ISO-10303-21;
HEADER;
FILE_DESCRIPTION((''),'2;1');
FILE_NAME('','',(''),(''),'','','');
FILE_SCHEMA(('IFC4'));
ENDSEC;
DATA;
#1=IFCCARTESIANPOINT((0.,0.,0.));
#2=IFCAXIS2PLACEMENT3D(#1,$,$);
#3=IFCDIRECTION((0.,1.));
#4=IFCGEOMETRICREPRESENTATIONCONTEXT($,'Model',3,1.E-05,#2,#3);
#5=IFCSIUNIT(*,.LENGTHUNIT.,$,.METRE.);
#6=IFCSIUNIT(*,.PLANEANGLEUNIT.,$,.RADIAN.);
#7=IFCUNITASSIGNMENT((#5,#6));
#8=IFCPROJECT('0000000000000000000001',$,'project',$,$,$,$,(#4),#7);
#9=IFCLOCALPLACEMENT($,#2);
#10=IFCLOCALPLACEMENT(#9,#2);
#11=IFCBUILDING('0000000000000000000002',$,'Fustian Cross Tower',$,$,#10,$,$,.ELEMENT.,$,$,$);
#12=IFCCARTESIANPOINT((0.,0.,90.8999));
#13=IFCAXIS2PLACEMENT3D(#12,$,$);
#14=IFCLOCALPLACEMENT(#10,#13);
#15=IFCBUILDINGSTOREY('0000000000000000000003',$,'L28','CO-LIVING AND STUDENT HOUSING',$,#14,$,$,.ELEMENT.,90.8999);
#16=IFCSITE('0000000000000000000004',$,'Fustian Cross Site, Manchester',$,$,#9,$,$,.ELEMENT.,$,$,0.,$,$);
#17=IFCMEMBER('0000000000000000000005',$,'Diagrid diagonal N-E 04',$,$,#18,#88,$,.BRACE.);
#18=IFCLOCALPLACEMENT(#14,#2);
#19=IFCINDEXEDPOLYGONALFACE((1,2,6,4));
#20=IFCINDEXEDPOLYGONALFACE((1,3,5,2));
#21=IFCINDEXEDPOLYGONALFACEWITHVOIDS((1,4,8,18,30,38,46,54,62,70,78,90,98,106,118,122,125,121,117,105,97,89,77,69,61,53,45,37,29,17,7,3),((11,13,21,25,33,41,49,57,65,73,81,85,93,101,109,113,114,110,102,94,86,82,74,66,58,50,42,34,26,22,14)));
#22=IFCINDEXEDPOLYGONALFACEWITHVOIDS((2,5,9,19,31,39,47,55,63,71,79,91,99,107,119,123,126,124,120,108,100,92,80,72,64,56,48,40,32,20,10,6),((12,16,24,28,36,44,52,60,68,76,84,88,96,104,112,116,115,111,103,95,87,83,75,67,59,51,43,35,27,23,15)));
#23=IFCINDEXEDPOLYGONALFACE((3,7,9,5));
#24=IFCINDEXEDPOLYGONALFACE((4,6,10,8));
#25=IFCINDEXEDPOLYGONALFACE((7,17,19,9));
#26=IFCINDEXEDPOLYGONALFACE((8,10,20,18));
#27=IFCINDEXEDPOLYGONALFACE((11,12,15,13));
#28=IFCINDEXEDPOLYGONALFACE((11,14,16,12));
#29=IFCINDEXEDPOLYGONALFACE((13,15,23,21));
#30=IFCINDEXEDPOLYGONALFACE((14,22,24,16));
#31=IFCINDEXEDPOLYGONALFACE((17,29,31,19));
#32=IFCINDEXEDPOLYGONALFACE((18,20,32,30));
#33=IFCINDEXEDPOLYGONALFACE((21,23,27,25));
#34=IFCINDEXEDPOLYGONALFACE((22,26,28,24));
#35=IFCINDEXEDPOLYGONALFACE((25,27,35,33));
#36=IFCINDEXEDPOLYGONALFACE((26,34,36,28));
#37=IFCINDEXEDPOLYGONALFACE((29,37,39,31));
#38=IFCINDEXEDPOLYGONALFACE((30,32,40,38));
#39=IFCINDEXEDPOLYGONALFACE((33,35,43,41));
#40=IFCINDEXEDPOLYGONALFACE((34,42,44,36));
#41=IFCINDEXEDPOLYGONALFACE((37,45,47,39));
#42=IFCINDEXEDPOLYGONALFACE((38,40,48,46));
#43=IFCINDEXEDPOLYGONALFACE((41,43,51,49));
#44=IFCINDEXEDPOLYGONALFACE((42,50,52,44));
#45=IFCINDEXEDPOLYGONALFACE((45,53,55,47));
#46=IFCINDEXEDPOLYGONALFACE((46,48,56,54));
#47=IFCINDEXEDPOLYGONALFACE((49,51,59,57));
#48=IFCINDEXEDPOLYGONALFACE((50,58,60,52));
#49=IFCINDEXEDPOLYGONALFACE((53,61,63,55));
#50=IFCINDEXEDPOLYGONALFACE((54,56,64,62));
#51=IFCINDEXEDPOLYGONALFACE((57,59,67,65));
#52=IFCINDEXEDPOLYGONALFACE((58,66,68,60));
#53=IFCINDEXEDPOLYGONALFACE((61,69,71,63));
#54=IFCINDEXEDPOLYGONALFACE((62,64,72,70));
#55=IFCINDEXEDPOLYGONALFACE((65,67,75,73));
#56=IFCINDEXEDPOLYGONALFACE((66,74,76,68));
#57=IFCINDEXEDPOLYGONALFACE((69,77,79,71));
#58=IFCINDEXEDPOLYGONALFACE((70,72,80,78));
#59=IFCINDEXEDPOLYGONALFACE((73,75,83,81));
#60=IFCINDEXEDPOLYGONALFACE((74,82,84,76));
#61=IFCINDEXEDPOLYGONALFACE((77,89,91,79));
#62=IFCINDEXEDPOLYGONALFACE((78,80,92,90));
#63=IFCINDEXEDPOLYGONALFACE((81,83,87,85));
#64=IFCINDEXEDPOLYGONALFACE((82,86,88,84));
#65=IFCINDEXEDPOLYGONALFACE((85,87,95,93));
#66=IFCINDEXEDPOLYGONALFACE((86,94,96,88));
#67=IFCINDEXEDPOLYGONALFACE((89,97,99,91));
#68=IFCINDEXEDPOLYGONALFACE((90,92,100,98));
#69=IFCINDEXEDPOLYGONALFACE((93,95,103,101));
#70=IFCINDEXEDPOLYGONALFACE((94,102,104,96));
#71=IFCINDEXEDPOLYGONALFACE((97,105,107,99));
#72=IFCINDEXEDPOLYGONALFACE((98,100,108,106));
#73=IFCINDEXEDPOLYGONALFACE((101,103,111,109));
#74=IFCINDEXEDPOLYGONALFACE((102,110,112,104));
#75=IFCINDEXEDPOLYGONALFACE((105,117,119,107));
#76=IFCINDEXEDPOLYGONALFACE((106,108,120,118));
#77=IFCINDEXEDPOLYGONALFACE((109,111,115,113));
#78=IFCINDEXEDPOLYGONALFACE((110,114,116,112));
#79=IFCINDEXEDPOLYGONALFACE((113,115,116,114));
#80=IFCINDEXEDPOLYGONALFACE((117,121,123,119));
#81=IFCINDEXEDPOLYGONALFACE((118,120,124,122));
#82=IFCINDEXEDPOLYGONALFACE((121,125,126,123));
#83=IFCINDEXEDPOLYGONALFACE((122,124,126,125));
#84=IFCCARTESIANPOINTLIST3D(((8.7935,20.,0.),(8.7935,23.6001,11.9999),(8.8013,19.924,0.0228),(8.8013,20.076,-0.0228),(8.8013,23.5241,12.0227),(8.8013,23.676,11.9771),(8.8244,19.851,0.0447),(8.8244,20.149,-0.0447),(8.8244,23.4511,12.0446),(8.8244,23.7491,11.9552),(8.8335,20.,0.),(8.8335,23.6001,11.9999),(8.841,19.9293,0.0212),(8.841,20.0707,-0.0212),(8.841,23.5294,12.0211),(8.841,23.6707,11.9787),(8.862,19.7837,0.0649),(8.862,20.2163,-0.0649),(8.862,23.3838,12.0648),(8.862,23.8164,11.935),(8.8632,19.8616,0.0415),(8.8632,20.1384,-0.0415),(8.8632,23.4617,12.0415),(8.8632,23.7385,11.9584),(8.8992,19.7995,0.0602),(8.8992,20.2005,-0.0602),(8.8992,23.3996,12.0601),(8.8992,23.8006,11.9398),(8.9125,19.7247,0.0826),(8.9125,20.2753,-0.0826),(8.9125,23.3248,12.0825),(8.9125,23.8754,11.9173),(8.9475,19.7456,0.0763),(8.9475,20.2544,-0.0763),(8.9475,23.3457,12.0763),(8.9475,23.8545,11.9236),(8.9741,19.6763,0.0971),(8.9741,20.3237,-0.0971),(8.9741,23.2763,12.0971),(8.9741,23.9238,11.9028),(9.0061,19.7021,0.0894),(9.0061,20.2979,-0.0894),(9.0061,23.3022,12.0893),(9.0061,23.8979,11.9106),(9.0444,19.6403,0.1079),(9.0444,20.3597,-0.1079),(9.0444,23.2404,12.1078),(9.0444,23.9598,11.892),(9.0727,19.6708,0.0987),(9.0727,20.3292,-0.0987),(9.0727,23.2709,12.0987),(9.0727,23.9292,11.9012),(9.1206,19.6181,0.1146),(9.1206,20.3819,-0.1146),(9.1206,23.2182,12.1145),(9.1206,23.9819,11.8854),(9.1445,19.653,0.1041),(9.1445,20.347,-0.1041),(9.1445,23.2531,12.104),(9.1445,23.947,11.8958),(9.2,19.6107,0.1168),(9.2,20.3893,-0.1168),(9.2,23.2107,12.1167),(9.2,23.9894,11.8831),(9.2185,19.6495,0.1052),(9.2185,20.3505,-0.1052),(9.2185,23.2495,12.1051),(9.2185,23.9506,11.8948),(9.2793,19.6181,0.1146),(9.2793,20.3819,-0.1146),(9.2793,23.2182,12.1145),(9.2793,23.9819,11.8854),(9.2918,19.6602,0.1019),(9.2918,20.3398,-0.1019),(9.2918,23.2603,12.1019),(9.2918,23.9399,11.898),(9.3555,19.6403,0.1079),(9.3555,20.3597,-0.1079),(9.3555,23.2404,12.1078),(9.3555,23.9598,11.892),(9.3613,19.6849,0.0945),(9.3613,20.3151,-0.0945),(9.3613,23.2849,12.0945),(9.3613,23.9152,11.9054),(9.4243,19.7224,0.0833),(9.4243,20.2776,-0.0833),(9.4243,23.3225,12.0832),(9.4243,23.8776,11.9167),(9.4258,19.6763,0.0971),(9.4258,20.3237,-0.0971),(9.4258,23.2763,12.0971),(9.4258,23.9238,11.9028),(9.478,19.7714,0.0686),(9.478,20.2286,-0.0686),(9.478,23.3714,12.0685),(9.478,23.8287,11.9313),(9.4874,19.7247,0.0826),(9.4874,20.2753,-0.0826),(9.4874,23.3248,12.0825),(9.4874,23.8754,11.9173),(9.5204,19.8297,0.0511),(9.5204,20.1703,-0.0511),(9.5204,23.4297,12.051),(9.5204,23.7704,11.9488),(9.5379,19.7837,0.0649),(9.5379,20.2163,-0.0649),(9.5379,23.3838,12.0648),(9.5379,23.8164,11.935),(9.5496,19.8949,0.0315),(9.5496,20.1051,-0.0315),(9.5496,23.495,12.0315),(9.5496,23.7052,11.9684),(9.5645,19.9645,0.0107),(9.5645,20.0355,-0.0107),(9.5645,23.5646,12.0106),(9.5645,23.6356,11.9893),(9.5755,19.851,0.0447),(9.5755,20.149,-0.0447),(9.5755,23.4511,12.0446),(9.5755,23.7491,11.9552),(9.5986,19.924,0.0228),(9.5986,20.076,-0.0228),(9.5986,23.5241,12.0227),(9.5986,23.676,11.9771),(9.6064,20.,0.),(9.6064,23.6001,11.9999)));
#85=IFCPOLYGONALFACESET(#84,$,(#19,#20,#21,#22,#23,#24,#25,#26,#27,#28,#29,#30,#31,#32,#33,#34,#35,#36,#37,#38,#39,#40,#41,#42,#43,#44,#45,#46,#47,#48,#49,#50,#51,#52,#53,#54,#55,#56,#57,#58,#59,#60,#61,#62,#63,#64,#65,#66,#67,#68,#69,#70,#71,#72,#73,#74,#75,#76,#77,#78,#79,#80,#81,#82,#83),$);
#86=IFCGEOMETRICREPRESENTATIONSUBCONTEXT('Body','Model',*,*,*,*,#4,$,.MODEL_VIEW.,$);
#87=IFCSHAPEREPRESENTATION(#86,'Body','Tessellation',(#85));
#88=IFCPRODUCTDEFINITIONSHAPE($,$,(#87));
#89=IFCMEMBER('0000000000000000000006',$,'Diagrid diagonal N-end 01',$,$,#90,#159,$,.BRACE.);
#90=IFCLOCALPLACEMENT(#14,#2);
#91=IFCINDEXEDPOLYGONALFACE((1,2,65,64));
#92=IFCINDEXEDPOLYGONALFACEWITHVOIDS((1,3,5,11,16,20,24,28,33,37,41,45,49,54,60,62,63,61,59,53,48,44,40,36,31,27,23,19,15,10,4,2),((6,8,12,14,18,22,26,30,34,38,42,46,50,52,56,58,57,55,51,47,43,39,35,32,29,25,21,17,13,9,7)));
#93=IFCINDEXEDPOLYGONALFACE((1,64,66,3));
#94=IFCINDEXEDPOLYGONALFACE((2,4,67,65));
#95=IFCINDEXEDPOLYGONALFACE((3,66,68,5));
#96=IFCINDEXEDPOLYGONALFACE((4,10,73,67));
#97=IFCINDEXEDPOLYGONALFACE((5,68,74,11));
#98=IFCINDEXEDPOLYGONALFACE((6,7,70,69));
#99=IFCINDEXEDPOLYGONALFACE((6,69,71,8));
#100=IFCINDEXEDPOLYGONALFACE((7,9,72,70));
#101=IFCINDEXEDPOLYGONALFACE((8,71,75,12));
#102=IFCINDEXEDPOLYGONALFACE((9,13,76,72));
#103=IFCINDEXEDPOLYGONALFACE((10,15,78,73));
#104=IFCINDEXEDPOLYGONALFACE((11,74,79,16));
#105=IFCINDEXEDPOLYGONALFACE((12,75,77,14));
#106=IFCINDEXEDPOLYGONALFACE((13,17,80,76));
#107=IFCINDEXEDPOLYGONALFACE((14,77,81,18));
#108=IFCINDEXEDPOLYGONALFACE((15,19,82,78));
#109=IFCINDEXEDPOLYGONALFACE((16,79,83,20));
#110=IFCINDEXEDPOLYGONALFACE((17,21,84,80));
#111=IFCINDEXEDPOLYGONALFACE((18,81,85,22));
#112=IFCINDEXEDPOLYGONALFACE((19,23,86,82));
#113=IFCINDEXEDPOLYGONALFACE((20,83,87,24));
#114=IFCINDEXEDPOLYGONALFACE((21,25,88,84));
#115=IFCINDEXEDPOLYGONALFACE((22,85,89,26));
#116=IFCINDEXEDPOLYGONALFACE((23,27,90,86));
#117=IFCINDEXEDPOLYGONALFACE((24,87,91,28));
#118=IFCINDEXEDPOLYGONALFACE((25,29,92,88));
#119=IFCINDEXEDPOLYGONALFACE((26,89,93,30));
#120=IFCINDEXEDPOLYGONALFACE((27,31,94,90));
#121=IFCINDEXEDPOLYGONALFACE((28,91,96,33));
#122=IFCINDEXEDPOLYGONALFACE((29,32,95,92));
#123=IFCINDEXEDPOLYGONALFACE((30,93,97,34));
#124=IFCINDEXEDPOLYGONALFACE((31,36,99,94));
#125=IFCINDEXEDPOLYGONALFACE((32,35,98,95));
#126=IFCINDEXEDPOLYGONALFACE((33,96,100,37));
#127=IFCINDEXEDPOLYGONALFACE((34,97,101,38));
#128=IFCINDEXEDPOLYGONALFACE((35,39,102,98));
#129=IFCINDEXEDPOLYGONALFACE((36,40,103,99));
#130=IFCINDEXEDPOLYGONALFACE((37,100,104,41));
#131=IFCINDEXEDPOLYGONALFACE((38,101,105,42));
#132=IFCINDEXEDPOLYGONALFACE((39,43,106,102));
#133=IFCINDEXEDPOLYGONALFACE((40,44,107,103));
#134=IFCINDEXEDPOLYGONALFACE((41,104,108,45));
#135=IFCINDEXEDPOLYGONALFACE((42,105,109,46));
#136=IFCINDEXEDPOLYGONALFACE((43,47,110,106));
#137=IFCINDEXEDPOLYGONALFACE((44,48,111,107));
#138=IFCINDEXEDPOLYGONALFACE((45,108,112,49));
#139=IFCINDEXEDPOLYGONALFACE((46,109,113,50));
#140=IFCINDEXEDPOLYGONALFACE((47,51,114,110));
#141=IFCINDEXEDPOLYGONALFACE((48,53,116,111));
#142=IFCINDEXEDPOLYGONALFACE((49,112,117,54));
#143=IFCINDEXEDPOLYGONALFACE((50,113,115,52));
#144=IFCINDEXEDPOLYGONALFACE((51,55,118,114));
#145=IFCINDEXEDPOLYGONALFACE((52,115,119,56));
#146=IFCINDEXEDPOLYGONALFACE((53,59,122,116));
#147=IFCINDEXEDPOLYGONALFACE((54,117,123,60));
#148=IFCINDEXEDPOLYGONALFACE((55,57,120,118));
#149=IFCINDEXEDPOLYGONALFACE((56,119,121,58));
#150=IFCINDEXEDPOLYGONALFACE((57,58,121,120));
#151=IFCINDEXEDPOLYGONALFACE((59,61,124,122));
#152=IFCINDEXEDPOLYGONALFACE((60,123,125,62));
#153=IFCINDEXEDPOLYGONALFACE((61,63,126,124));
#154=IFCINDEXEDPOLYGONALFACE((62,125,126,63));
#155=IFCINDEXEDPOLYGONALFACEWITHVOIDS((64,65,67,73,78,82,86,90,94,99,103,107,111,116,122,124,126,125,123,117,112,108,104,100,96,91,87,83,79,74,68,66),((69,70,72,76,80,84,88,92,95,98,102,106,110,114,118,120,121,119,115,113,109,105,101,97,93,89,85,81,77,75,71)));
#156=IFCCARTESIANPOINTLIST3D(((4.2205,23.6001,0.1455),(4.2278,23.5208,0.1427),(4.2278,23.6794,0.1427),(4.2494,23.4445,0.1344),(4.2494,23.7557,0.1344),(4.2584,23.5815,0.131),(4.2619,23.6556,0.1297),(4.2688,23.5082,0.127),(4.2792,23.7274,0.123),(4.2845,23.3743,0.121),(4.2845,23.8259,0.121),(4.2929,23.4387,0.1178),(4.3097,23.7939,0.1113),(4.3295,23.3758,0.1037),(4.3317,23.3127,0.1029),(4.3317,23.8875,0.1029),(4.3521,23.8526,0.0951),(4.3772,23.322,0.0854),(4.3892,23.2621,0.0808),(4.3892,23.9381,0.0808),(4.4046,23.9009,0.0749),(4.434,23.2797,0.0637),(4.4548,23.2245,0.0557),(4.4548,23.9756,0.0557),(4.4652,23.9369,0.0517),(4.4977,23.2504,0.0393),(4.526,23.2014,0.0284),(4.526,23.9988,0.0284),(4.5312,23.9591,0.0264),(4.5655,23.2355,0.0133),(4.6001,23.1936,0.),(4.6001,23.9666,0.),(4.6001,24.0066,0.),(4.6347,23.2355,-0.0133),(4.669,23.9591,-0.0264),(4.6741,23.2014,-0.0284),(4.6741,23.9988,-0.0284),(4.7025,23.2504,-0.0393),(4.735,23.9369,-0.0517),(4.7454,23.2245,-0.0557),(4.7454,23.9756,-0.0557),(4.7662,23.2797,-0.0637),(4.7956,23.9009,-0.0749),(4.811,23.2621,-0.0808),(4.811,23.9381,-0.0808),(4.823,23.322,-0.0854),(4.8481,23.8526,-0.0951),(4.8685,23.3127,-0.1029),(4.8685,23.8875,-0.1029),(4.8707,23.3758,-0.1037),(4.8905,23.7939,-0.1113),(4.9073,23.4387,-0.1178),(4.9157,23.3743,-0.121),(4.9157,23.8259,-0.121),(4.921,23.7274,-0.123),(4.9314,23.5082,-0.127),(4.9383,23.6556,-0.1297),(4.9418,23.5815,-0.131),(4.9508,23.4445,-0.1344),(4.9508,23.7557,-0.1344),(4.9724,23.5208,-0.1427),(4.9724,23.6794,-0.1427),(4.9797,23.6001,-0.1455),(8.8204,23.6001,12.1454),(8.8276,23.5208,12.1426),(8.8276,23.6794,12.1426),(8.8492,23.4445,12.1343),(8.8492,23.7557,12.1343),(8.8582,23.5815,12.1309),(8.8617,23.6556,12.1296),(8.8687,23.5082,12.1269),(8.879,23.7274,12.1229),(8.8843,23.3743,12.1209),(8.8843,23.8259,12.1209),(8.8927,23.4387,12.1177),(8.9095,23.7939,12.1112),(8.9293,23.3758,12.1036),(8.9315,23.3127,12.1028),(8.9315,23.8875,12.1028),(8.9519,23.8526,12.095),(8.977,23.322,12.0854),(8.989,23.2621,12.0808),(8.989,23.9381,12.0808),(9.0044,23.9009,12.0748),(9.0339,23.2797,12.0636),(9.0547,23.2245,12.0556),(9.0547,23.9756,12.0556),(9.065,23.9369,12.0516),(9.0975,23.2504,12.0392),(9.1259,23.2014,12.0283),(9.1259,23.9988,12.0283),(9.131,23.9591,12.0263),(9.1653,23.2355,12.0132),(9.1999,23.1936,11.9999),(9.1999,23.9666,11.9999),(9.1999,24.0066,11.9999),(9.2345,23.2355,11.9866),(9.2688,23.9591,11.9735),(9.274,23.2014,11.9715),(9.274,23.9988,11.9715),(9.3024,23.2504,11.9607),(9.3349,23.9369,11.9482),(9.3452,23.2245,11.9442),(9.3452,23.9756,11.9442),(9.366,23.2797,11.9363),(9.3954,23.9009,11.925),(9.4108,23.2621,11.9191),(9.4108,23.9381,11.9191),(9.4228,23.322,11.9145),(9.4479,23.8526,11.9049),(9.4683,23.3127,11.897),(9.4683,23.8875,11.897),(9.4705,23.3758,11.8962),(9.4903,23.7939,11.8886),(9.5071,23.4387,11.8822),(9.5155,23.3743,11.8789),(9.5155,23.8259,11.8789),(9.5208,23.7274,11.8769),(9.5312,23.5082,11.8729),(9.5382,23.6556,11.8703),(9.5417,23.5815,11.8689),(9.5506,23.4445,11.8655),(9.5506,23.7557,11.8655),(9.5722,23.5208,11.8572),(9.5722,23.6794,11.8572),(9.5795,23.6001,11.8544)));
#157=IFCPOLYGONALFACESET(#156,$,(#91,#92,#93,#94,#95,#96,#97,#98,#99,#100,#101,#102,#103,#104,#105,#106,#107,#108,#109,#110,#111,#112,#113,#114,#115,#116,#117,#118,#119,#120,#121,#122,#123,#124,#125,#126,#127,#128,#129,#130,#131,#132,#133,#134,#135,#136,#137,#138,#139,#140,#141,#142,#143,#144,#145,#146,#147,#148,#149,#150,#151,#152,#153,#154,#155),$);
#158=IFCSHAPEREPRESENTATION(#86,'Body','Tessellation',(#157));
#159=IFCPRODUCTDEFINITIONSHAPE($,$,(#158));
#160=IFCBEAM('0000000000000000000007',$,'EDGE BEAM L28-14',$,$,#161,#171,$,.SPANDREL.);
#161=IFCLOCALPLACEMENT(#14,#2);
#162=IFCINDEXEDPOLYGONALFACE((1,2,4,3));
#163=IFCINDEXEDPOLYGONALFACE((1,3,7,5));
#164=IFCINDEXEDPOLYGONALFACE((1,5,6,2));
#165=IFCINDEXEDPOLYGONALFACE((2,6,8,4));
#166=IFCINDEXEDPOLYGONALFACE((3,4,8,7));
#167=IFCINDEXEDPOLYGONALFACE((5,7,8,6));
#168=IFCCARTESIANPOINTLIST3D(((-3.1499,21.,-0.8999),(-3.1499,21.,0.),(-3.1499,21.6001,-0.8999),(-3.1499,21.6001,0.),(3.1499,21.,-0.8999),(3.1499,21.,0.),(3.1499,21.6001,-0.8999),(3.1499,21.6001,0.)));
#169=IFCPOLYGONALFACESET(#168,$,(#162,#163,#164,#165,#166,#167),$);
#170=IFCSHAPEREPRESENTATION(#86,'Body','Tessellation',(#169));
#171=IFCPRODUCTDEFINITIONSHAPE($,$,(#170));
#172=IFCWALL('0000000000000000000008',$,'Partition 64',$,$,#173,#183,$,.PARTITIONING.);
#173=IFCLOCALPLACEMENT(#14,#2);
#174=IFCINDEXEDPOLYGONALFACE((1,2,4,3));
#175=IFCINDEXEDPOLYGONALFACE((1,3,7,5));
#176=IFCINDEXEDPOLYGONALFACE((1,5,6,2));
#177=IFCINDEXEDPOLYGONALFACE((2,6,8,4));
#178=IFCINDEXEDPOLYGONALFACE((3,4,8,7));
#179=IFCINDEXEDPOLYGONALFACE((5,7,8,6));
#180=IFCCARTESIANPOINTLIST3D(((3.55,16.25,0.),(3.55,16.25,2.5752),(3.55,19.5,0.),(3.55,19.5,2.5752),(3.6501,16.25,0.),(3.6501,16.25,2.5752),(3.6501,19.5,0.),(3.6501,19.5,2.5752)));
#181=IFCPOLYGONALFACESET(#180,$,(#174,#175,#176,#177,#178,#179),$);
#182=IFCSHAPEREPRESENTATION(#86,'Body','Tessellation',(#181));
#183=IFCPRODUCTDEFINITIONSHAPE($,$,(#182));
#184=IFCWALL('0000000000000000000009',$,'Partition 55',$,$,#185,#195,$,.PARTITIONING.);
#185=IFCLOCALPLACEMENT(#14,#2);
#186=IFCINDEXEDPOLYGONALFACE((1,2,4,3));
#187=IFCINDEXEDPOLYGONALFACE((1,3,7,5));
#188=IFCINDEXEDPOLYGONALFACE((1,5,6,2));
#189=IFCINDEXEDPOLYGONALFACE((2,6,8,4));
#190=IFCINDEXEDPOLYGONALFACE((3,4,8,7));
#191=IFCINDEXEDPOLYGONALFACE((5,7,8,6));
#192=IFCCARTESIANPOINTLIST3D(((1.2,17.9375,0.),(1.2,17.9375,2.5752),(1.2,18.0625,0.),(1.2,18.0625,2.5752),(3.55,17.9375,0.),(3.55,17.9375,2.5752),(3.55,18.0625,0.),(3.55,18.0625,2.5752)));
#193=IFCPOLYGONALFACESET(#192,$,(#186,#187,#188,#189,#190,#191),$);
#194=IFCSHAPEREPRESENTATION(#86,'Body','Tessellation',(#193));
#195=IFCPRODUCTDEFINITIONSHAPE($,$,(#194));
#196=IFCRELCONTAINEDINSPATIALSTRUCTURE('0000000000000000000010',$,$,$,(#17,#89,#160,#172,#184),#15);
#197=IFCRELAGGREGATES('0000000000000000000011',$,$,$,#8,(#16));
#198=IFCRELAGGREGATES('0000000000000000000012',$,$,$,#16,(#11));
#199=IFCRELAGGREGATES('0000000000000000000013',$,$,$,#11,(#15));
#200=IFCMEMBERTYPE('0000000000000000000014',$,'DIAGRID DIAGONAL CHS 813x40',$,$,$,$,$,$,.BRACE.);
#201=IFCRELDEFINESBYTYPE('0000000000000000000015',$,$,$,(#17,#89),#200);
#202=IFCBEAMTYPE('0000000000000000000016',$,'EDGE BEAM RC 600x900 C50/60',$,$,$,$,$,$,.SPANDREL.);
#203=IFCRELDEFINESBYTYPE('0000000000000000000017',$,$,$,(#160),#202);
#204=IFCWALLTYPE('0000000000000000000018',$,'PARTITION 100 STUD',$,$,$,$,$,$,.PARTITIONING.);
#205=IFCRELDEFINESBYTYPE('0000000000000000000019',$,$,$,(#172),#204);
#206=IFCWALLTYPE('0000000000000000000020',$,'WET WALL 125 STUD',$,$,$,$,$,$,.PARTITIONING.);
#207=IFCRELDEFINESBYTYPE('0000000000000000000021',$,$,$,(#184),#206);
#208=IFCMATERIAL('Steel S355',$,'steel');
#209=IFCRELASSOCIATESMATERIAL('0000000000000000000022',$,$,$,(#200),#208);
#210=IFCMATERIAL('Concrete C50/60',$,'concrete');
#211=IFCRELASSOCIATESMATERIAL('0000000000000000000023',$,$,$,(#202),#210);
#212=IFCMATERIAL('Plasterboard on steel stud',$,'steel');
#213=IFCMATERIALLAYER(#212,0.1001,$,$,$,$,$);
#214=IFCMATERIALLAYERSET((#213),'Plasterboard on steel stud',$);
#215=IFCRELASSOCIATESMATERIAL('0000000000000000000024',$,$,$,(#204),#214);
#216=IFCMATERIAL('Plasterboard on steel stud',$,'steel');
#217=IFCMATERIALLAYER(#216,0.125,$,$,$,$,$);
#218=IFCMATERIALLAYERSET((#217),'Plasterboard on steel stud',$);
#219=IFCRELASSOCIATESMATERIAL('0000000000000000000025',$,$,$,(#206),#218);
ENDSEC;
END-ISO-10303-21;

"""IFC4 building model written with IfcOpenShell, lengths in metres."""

from ifc_helpers import new_model, si_unit, direction, frame, frame_2d, origin, origin_2d, place, context, subcontext, project, spatial, rectangle, hollow_circle, extrude, material, layer, layer_set, material_profile, profile_set, type_object, element, save


model = new_model("IFC4")

# Units and contexts
model_context = context("Model", 3, precision=1e-05, world=origin(), true_north=direction((0.0, 1.0)))
body_context = subcontext(model_context, "Body", "Model", "MODEL_VIEW")
ifc_project = project(units=[si_unit("LENGTHUNIT", "METRE"), si_unit("PLANEANGLEUNIT", "RADIAN")], contexts=[model_context])

# Site, building, storey
site_placement = place(None, origin())
site = spatial("IfcSite", under=ifc_project, at=site_placement, Name="Fustian Cross Site, Manchester", CompositionType="ELEMENT", RefElevation=0.0)
building_placement = place(site_placement, origin())
building = spatial("IfcBuilding", under=site, at=building_placement, Name="Fustian Cross Tower", CompositionType="ELEMENT")
storey_placement = place(building_placement, frame((0.0, 0.0, 90.8999)))
storey = spatial("IfcBuildingStorey", under=building, at=storey_placement, Name="L28", Description="CO-LIVING AND STUDENT HOUSING", CompositionType="ELEMENT", Elevation=90.8999)

# Members
ifc_material_1 = material(Name="Steel S355", Category="steel")
ifc_material_profile_1 = material_profile(ifc_material_1, hollow_circle(Radius=0.4065, WallThickness=0.04, at=origin_2d()), Name="CHS 813x40")
ifc_profile_set_1 = profile_set([ifc_material_profile_1], Name="Steel S355")
member_type_1 = type_object("IfcMemberType", Name="DIAGRID DIAGONAL CHS 813x40", PredefinedType="BRACE", material=ifc_profile_set_1)
member_1_placement = place(storey_placement, frame((9.2, 20.0, 0.0), z_axis=(0.0, 0.287355, 0.957824), x_axis=(-1.0, 0.0, 0.0)))
element("IfcMember", 1, at=member_1_placement, inside=storey, type_object=member_type_1, Name="Diagrid diagonal N-E 04", PredefinedType="BRACE", context=body_context, shape_type="SweptSolid", body=[
    extrude(hollow_circle(Radius=0.4065, WallThickness=0.04, at=origin_2d()), origin(), (0.0, 0.0, 1.0), 12.5283),
])
member_2_placement = place(storey_placement, frame((4.6001, 23.6001, 0.0), z_axis=(0.357926, 0.0, 0.93375), x_axis=(0.0, 1.0, 0.0)))
element("IfcMember", 2, at=member_2_placement, inside=storey, type_object=member_type_1, Name="Diagrid diagonal N-end 01", PredefinedType="BRACE", context=body_context, shape_type="SweptSolid", body=[
    extrude(hollow_circle(Radius=0.4065, WallThickness=0.04, at=origin_2d()), origin(), (0.0, 0.0, 1.0), 12.8513),
])

# Beam
ifc_material_2 = material(Name="Concrete C50/60", Category="concrete")
ifc_material_profile_2 = material_profile(ifc_material_2, rectangle(XDim=0.6001, YDim=0.8999, at=origin_2d()), Name="RC 600x900")
ifc_profile_set_2 = profile_set([ifc_material_profile_2], Name="Concrete C50/60")
beam_type = type_object("IfcBeamType", Name="EDGE BEAM RC 600x900 C50/60", PredefinedType="SPANDREL", material=ifc_profile_set_2)
beam_placement = place(storey_placement, frame((3.1499, 21.3, -0.45), z_axis=(-1.0, 0.0, 0.0), x_axis=(0.0, -1.0, 0.0)))
element("IfcBeam", 3, at=beam_placement, inside=storey, type_object=beam_type, Name="EDGE BEAM L28-14", PredefinedType="SPANDREL", context=body_context, shape_type="SweptSolid", body=[
    extrude(rectangle(XDim=0.6001, YDim=0.8999, at=origin_2d()), origin(), (0.0, 0.0, 1.0), 6.2998),
])

# Walls
ifc_material_3 = material(Name="Plasterboard on steel stud", Category="steel")
ifc_layer_1 = layer(ifc_material_3, 0.1001)
ifc_layer_set_1 = layer_set([ifc_layer_1], Name="Plasterboard on steel stud")
wall_type_1 = type_object("IfcWallType", Name="PARTITION 100 STUD", PredefinedType="PARTITIONING", material=ifc_layer_set_1)
wall_1_placement = place(storey_placement, frame((3.6001, 16.25, 0.0), z_axis=(0.0, 0.0, 1.0), x_axis=(0.0, 1.0, 0.0)))
element("IfcWall", 4, at=wall_1_placement, inside=storey, type_object=wall_type_1, Name="Partition 64", PredefinedType="PARTITIONING", context=body_context, shape_type="SweptSolid", body=[
    extrude(rectangle(XDim=3.25, YDim=0.1001, at=frame_2d((1.625, 0.0))), origin(), (0.0, 0.0, 1.0), 2.5752),
])
ifc_material_4 = material(Name="Plasterboard on steel stud", Category="steel")
ifc_layer_2 = layer(ifc_material_4, 0.125)
ifc_layer_set_2 = layer_set([ifc_layer_2], Name="Plasterboard on steel stud")
wall_type_2 = type_object("IfcWallType", Name="WET WALL 125 STUD", PredefinedType="PARTITIONING", material=ifc_layer_set_2)
wall_2_placement = place(storey_placement, frame((1.2, 18.0, 0.0), z_axis=(0.0, 0.0, 1.0), x_axis=(1.0, 0.0, 0.0)))
element("IfcWall", 5, at=wall_2_placement, inside=storey, type_object=wall_type_2, Name="Partition 55", PredefinedType="PARTITIONING", context=body_context, shape_type="SweptSolid", body=[
    extrude(rectangle(XDim=2.3501, YDim=0.125, at=frame_2d((1.175, 0.0))), origin(), (0.0, 0.0, 1.0), 2.5752),
])

save(model, "model.ifc")
